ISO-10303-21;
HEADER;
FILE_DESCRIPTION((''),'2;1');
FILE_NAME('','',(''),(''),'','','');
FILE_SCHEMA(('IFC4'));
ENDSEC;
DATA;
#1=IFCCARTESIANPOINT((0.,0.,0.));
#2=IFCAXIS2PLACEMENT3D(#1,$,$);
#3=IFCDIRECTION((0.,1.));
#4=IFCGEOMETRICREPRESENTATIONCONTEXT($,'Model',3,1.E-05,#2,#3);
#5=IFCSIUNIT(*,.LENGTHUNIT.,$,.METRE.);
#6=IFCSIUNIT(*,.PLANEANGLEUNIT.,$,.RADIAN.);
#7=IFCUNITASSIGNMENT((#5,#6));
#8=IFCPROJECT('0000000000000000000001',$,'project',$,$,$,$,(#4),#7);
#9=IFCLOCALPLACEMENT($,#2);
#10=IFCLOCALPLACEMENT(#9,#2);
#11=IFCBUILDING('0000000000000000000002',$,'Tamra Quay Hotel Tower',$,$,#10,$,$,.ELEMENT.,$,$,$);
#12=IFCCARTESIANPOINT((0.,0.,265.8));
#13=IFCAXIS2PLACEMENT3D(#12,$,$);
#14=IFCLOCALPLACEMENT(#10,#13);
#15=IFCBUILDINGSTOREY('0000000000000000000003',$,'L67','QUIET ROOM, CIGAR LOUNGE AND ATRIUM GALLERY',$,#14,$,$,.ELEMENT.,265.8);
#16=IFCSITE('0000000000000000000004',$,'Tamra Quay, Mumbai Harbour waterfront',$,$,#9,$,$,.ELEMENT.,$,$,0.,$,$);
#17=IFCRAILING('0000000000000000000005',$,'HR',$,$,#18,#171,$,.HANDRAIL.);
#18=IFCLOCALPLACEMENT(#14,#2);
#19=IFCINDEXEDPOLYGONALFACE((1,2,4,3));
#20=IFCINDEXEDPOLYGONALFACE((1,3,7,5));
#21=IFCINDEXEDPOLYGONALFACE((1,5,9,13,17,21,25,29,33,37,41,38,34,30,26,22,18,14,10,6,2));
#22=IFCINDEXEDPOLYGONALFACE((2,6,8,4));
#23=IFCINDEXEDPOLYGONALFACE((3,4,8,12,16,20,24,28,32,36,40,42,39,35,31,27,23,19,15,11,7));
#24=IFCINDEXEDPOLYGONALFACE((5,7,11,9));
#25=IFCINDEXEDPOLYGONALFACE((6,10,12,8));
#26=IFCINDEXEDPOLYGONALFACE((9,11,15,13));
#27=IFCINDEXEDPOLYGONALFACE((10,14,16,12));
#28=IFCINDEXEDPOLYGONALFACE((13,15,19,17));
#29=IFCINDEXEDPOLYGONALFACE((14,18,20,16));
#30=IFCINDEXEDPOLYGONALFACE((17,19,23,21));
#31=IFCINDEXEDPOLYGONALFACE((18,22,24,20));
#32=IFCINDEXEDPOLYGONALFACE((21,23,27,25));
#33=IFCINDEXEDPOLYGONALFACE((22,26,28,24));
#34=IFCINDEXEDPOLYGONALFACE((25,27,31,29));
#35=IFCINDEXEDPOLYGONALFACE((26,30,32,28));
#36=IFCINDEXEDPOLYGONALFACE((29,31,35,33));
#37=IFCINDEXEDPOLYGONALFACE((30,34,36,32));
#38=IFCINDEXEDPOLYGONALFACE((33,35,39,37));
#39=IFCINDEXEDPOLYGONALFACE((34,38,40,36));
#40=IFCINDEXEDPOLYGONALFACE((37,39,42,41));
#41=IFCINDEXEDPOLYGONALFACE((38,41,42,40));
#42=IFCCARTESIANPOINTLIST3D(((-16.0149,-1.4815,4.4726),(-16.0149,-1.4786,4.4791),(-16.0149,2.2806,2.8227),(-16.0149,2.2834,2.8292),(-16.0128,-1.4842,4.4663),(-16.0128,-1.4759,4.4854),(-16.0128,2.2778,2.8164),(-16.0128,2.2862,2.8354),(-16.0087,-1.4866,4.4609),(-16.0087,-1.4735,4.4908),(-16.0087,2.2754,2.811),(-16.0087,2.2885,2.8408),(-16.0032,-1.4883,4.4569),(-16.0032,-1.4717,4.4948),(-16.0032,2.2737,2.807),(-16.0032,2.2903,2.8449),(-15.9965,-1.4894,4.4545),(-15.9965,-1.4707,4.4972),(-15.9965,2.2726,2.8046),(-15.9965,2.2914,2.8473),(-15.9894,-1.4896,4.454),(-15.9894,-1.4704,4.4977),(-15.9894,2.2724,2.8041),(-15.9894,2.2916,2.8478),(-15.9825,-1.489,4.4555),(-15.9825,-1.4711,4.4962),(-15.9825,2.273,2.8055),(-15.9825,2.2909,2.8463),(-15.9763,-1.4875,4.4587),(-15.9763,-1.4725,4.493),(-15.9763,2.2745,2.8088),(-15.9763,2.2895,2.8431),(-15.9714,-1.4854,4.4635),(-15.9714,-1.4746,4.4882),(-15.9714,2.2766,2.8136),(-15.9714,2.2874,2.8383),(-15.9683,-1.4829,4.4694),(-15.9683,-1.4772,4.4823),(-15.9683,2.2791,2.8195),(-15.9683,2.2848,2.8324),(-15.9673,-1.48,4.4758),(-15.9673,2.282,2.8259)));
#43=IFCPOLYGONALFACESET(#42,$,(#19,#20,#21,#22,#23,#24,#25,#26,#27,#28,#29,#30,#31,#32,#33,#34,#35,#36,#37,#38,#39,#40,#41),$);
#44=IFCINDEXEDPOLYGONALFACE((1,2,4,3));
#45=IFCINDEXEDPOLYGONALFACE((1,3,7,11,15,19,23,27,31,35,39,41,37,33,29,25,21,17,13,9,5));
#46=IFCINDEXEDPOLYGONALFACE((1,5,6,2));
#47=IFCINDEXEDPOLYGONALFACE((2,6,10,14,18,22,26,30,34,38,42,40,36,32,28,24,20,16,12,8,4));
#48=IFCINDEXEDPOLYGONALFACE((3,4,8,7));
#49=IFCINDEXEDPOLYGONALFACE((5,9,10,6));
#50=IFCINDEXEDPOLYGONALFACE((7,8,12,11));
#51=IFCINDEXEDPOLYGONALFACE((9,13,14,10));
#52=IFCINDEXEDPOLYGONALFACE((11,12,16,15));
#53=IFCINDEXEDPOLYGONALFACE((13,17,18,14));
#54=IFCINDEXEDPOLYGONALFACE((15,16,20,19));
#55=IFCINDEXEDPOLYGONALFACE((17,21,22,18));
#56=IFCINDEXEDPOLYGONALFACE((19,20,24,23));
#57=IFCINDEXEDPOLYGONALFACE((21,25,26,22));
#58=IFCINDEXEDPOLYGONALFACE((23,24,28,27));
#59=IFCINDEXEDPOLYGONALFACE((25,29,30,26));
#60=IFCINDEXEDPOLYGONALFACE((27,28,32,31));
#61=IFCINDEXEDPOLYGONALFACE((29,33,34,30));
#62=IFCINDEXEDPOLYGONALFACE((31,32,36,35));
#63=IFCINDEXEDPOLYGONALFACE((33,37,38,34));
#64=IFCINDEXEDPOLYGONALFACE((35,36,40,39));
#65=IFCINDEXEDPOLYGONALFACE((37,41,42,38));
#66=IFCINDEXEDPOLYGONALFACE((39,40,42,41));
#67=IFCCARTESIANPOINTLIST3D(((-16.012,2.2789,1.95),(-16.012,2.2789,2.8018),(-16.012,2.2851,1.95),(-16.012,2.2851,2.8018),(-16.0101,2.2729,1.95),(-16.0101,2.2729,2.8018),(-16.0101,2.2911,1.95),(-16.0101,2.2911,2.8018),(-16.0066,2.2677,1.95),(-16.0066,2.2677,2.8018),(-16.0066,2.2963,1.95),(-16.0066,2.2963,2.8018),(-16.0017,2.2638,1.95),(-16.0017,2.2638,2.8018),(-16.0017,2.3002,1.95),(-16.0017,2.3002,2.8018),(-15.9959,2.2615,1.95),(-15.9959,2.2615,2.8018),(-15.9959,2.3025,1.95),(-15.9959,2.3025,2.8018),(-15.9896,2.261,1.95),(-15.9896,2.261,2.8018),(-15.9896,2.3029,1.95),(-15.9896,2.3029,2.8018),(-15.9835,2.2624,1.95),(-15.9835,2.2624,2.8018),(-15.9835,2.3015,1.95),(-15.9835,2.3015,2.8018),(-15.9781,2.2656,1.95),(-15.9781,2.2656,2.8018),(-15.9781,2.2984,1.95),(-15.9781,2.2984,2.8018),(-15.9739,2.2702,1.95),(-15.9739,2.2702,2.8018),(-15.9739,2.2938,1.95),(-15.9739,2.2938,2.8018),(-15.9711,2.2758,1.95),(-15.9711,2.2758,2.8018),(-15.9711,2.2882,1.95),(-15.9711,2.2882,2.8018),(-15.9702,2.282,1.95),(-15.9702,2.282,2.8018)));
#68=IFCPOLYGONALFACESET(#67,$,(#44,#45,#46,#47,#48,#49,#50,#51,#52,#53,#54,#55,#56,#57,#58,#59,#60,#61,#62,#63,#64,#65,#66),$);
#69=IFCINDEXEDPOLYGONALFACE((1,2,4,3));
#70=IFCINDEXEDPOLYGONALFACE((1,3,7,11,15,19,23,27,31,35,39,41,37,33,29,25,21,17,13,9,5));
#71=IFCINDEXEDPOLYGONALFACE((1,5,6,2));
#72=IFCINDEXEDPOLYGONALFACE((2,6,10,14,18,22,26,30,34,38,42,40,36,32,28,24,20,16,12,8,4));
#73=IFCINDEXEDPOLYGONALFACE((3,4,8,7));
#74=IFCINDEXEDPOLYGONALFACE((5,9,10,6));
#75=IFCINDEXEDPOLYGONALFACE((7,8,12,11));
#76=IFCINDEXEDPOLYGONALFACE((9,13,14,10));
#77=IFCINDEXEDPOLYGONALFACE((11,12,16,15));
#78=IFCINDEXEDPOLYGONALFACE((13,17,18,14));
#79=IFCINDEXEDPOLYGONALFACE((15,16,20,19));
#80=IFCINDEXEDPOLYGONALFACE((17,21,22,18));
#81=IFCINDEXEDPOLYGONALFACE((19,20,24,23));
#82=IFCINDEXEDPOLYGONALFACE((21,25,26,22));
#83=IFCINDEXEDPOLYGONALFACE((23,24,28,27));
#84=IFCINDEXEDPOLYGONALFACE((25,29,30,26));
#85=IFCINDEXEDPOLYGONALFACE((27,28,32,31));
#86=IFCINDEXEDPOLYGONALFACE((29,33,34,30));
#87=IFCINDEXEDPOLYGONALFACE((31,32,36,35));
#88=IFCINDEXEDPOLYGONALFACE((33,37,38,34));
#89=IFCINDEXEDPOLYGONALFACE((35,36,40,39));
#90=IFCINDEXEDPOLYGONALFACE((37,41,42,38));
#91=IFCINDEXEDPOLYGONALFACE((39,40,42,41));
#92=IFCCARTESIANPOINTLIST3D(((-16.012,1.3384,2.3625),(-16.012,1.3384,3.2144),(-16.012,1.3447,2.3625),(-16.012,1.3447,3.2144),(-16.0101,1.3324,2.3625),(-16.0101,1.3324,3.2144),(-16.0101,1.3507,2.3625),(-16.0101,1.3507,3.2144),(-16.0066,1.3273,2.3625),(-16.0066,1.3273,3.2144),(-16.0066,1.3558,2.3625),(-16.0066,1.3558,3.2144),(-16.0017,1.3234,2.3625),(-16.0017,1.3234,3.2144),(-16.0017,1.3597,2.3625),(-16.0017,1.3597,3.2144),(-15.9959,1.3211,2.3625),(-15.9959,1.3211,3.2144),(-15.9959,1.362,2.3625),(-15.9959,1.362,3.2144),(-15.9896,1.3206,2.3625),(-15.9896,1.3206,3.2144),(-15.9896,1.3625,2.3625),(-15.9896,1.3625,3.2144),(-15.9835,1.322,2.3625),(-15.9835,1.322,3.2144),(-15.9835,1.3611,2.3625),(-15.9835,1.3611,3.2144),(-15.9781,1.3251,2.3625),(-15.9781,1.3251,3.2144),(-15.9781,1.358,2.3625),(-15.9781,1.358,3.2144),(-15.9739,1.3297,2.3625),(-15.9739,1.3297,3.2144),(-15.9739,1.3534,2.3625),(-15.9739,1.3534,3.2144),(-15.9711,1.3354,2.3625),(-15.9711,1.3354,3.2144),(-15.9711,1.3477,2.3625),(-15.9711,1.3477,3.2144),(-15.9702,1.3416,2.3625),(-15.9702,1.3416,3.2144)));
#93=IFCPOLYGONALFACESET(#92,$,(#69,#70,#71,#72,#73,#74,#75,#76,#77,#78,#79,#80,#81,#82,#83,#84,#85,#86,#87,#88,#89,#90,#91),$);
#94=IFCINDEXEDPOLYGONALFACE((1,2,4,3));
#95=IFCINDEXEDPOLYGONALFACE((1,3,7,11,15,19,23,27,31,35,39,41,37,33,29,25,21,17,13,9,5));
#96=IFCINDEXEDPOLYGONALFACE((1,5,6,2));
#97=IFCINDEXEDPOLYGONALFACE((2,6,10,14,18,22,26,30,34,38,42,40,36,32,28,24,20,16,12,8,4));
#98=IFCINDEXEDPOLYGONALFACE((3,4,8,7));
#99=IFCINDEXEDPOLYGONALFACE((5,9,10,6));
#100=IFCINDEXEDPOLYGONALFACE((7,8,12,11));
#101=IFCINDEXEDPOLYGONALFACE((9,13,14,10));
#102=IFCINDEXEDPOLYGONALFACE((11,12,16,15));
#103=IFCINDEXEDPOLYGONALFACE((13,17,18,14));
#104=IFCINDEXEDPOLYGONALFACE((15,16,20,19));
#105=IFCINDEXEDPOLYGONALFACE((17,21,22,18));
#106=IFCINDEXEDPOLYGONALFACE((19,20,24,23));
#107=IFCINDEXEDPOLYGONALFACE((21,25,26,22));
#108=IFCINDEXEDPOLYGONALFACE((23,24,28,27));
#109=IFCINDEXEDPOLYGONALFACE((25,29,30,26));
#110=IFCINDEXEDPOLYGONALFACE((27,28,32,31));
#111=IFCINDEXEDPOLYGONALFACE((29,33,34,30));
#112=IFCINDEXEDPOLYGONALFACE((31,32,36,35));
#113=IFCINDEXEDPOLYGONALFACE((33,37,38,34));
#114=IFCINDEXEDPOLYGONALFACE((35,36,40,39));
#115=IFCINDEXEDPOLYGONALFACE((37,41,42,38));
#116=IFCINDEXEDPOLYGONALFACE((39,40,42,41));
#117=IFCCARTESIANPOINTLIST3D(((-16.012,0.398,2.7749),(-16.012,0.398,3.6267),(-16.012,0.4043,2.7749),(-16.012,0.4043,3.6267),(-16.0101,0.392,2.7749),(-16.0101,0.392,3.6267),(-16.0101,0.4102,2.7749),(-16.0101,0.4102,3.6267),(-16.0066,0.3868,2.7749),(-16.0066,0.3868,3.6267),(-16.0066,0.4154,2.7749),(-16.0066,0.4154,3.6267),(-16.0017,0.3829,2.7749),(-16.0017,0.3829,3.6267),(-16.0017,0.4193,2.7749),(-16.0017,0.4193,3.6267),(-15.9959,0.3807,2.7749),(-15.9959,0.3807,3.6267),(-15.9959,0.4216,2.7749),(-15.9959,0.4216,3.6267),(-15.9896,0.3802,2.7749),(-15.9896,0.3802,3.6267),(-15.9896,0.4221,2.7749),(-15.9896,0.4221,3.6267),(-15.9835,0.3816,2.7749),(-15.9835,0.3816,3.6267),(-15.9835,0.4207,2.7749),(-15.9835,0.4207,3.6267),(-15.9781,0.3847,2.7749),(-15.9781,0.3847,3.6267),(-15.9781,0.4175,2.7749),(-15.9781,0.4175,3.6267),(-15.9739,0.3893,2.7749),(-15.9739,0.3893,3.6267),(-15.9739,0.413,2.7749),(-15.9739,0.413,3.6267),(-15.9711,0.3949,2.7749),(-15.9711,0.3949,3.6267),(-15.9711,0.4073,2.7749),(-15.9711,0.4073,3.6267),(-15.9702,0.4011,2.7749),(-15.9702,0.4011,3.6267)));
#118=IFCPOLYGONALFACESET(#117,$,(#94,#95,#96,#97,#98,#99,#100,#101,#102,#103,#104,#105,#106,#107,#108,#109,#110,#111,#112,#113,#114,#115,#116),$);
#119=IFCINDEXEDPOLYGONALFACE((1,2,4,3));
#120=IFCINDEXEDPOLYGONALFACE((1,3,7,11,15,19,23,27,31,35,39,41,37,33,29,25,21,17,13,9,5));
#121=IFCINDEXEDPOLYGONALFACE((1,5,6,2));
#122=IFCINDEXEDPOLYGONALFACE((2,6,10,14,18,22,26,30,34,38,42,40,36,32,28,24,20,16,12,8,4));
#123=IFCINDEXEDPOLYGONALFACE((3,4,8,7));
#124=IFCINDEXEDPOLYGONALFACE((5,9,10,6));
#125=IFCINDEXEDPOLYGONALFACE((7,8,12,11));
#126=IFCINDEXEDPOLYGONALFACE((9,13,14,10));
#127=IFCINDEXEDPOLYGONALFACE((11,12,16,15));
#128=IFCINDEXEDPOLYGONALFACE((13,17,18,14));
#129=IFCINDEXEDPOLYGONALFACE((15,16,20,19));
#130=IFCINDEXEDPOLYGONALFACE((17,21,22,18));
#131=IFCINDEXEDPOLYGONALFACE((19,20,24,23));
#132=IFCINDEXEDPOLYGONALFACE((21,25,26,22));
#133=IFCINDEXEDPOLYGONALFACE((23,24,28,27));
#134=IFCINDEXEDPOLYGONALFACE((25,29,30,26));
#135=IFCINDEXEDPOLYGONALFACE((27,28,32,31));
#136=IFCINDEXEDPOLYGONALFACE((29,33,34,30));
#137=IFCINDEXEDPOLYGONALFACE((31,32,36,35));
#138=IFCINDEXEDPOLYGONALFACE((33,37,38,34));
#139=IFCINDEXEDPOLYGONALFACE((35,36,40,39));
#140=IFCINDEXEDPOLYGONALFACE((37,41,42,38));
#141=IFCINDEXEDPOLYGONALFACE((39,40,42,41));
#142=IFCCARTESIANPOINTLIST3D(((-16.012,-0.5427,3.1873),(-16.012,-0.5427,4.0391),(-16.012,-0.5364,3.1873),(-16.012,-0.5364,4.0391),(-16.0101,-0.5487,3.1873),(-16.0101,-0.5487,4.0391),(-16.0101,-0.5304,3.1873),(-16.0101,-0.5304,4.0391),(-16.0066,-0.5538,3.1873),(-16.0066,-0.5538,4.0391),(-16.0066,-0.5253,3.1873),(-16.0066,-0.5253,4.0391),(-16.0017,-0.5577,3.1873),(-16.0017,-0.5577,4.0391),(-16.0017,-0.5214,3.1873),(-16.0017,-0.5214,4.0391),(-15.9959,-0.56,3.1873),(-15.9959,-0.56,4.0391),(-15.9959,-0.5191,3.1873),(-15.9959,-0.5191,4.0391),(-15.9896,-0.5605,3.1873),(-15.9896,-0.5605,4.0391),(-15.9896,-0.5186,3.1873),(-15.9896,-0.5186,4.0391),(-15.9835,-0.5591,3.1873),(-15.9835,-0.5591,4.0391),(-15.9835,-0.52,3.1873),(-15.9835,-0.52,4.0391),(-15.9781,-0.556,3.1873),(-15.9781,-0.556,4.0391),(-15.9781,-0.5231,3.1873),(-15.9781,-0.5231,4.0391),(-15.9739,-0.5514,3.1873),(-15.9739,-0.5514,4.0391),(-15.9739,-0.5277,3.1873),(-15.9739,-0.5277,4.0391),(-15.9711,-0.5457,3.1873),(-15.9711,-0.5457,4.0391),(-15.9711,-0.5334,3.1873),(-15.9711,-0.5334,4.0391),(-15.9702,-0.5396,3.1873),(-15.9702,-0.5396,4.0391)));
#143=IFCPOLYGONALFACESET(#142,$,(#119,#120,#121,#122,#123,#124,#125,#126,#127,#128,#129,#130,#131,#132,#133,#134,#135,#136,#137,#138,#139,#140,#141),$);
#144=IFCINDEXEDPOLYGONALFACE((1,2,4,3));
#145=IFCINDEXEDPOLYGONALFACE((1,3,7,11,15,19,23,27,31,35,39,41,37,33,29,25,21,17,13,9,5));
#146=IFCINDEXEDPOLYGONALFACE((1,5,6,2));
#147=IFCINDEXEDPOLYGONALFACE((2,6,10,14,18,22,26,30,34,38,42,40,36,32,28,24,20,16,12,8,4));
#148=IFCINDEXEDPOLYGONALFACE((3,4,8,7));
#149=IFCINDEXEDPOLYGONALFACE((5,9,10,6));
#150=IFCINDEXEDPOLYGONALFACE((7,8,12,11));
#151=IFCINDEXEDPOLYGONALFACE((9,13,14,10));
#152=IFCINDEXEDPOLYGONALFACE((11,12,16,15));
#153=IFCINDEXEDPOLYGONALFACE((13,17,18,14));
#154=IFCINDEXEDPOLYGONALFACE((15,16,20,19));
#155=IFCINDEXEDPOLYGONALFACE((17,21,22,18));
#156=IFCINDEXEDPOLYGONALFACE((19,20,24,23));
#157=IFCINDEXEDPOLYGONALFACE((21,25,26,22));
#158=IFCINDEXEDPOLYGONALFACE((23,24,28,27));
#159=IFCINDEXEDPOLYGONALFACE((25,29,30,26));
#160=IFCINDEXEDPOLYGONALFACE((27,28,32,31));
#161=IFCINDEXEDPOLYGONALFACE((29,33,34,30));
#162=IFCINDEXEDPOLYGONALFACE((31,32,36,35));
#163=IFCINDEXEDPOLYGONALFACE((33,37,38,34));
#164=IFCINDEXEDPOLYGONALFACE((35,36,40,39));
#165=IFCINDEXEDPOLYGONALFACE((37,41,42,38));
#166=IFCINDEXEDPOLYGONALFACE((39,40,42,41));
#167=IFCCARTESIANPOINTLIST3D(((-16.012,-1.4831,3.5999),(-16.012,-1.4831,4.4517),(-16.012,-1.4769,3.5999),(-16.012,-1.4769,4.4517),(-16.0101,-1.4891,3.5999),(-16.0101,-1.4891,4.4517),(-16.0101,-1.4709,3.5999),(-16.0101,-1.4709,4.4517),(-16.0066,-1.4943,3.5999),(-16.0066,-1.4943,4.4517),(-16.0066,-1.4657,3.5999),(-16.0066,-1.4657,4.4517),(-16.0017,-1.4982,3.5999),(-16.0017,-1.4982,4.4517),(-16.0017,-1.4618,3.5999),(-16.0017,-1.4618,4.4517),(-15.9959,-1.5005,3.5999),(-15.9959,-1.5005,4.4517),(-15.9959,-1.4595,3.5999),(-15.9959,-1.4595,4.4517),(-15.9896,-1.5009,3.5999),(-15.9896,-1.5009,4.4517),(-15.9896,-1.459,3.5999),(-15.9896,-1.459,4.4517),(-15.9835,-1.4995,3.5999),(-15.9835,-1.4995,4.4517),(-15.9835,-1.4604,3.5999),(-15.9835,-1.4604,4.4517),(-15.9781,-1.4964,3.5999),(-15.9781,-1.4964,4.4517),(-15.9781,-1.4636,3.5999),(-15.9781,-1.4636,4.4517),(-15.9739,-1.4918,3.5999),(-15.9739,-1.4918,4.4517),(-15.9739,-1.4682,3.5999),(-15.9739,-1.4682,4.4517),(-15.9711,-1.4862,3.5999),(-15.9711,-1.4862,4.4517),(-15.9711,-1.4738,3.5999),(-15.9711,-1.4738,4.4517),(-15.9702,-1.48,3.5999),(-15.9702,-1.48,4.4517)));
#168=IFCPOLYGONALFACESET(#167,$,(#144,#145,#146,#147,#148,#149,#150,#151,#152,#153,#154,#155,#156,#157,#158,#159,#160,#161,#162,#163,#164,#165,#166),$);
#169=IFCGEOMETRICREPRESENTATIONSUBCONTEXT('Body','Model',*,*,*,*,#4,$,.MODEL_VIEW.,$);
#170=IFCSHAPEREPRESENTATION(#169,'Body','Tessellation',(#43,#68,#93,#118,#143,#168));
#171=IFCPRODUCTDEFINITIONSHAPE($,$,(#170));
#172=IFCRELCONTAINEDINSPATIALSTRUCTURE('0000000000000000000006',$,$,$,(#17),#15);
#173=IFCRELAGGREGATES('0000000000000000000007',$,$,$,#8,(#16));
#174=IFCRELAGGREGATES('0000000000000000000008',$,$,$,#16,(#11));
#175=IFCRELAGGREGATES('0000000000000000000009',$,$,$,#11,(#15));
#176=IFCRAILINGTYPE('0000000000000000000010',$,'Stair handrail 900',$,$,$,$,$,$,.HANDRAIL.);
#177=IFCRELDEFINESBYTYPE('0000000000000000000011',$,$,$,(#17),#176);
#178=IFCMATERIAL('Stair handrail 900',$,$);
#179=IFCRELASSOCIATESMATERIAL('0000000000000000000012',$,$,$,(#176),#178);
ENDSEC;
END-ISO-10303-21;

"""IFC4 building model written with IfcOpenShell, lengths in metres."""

from ifc_helpers import new_model, si_unit, direction, frame, origin, origin_2d, place, context, subcontext, project, spatial, circle, extrude, material, type_object, element, save


model = new_model("IFC4")

# Units and contexts
model_context = context("Model", 3, precision=1e-05, world=origin(), true_north=direction((0.0, 1.0)))
body_context = subcontext(model_context, "Body", "Model", "MODEL_VIEW")
ifc_project = project(units=[si_unit("LENGTHUNIT", "METRE"), si_unit("PLANEANGLEUNIT", "RADIAN")], contexts=[model_context])

# Site, building, storey
site_placement = place(None, origin())
site = spatial("IfcSite", under=ifc_project, at=site_placement, Name="Tamra Quay, Mumbai Harbour waterfront", CompositionType="ELEMENT", RefElevation=0.0)
building_placement = place(site_placement, origin())
building = spatial("IfcBuilding", under=site, at=building_placement, Name="Tamra Quay Hotel Tower", CompositionType="ELEMENT")
storey_placement = place(building_placement, frame((0.0, 0.0, 265.8)))
storey = spatial("IfcBuildingStorey", under=building, at=storey_placement, Name="L67", Description="QUIET ROOM, CIGAR LOUNGE AND ATRIUM GALLERY", CompositionType="ELEMENT", Elevation=265.8)

# Railing
ifc_material_1 = material(Name="Stair handrail 900")
railing_type = type_object("IfcRailingType", Name="Stair handrail 900", PredefinedType="HANDRAIL", material=ifc_material_1)
railing_placement = place(storey_placement, frame((-15.9912, 2.282, 1.95)))
element("IfcRailing", 1, at=railing_placement, inside=storey, type_object=railing_type, Name="HR", PredefinedType="HANDRAIL", context=body_context, shape_type="SweptSolid", body=[
    extrude(circle(Radius=0.0239, at=origin_2d()), frame((0.0, 0.0, 0.876), z_axis=(0.0, -0.915795, 0.401645), x_axis=(1.0, 0.0, 0.0)), (0.0, 0.0, 1.0), 4.1079),
    extrude(circle(Radius=0.021, at=origin_2d()), origin(), (0.0, 0.0, 1.0), 0.8518),
    extrude(circle(Radius=0.021, at=origin_2d()), frame((0.0, -0.9404, 0.4126)), (0.0, 0.0, 1.0), 0.8518),
    extrude(circle(Radius=0.021, at=origin_2d()), frame((0.0, -1.8809, 0.825)), (0.0, 0.0, 1.0), 0.8518),
    extrude(circle(Radius=0.021, at=origin_2d()), frame((0.0, -2.8215, 1.2373)), (0.0, 0.0, 1.0), 0.8518),
    extrude(circle(Radius=0.021, at=origin_2d()), frame((0.0, -3.762, 1.6499)), (0.0, 0.0, 1.0), 0.8518),
])

save(model, "model.ifc")
